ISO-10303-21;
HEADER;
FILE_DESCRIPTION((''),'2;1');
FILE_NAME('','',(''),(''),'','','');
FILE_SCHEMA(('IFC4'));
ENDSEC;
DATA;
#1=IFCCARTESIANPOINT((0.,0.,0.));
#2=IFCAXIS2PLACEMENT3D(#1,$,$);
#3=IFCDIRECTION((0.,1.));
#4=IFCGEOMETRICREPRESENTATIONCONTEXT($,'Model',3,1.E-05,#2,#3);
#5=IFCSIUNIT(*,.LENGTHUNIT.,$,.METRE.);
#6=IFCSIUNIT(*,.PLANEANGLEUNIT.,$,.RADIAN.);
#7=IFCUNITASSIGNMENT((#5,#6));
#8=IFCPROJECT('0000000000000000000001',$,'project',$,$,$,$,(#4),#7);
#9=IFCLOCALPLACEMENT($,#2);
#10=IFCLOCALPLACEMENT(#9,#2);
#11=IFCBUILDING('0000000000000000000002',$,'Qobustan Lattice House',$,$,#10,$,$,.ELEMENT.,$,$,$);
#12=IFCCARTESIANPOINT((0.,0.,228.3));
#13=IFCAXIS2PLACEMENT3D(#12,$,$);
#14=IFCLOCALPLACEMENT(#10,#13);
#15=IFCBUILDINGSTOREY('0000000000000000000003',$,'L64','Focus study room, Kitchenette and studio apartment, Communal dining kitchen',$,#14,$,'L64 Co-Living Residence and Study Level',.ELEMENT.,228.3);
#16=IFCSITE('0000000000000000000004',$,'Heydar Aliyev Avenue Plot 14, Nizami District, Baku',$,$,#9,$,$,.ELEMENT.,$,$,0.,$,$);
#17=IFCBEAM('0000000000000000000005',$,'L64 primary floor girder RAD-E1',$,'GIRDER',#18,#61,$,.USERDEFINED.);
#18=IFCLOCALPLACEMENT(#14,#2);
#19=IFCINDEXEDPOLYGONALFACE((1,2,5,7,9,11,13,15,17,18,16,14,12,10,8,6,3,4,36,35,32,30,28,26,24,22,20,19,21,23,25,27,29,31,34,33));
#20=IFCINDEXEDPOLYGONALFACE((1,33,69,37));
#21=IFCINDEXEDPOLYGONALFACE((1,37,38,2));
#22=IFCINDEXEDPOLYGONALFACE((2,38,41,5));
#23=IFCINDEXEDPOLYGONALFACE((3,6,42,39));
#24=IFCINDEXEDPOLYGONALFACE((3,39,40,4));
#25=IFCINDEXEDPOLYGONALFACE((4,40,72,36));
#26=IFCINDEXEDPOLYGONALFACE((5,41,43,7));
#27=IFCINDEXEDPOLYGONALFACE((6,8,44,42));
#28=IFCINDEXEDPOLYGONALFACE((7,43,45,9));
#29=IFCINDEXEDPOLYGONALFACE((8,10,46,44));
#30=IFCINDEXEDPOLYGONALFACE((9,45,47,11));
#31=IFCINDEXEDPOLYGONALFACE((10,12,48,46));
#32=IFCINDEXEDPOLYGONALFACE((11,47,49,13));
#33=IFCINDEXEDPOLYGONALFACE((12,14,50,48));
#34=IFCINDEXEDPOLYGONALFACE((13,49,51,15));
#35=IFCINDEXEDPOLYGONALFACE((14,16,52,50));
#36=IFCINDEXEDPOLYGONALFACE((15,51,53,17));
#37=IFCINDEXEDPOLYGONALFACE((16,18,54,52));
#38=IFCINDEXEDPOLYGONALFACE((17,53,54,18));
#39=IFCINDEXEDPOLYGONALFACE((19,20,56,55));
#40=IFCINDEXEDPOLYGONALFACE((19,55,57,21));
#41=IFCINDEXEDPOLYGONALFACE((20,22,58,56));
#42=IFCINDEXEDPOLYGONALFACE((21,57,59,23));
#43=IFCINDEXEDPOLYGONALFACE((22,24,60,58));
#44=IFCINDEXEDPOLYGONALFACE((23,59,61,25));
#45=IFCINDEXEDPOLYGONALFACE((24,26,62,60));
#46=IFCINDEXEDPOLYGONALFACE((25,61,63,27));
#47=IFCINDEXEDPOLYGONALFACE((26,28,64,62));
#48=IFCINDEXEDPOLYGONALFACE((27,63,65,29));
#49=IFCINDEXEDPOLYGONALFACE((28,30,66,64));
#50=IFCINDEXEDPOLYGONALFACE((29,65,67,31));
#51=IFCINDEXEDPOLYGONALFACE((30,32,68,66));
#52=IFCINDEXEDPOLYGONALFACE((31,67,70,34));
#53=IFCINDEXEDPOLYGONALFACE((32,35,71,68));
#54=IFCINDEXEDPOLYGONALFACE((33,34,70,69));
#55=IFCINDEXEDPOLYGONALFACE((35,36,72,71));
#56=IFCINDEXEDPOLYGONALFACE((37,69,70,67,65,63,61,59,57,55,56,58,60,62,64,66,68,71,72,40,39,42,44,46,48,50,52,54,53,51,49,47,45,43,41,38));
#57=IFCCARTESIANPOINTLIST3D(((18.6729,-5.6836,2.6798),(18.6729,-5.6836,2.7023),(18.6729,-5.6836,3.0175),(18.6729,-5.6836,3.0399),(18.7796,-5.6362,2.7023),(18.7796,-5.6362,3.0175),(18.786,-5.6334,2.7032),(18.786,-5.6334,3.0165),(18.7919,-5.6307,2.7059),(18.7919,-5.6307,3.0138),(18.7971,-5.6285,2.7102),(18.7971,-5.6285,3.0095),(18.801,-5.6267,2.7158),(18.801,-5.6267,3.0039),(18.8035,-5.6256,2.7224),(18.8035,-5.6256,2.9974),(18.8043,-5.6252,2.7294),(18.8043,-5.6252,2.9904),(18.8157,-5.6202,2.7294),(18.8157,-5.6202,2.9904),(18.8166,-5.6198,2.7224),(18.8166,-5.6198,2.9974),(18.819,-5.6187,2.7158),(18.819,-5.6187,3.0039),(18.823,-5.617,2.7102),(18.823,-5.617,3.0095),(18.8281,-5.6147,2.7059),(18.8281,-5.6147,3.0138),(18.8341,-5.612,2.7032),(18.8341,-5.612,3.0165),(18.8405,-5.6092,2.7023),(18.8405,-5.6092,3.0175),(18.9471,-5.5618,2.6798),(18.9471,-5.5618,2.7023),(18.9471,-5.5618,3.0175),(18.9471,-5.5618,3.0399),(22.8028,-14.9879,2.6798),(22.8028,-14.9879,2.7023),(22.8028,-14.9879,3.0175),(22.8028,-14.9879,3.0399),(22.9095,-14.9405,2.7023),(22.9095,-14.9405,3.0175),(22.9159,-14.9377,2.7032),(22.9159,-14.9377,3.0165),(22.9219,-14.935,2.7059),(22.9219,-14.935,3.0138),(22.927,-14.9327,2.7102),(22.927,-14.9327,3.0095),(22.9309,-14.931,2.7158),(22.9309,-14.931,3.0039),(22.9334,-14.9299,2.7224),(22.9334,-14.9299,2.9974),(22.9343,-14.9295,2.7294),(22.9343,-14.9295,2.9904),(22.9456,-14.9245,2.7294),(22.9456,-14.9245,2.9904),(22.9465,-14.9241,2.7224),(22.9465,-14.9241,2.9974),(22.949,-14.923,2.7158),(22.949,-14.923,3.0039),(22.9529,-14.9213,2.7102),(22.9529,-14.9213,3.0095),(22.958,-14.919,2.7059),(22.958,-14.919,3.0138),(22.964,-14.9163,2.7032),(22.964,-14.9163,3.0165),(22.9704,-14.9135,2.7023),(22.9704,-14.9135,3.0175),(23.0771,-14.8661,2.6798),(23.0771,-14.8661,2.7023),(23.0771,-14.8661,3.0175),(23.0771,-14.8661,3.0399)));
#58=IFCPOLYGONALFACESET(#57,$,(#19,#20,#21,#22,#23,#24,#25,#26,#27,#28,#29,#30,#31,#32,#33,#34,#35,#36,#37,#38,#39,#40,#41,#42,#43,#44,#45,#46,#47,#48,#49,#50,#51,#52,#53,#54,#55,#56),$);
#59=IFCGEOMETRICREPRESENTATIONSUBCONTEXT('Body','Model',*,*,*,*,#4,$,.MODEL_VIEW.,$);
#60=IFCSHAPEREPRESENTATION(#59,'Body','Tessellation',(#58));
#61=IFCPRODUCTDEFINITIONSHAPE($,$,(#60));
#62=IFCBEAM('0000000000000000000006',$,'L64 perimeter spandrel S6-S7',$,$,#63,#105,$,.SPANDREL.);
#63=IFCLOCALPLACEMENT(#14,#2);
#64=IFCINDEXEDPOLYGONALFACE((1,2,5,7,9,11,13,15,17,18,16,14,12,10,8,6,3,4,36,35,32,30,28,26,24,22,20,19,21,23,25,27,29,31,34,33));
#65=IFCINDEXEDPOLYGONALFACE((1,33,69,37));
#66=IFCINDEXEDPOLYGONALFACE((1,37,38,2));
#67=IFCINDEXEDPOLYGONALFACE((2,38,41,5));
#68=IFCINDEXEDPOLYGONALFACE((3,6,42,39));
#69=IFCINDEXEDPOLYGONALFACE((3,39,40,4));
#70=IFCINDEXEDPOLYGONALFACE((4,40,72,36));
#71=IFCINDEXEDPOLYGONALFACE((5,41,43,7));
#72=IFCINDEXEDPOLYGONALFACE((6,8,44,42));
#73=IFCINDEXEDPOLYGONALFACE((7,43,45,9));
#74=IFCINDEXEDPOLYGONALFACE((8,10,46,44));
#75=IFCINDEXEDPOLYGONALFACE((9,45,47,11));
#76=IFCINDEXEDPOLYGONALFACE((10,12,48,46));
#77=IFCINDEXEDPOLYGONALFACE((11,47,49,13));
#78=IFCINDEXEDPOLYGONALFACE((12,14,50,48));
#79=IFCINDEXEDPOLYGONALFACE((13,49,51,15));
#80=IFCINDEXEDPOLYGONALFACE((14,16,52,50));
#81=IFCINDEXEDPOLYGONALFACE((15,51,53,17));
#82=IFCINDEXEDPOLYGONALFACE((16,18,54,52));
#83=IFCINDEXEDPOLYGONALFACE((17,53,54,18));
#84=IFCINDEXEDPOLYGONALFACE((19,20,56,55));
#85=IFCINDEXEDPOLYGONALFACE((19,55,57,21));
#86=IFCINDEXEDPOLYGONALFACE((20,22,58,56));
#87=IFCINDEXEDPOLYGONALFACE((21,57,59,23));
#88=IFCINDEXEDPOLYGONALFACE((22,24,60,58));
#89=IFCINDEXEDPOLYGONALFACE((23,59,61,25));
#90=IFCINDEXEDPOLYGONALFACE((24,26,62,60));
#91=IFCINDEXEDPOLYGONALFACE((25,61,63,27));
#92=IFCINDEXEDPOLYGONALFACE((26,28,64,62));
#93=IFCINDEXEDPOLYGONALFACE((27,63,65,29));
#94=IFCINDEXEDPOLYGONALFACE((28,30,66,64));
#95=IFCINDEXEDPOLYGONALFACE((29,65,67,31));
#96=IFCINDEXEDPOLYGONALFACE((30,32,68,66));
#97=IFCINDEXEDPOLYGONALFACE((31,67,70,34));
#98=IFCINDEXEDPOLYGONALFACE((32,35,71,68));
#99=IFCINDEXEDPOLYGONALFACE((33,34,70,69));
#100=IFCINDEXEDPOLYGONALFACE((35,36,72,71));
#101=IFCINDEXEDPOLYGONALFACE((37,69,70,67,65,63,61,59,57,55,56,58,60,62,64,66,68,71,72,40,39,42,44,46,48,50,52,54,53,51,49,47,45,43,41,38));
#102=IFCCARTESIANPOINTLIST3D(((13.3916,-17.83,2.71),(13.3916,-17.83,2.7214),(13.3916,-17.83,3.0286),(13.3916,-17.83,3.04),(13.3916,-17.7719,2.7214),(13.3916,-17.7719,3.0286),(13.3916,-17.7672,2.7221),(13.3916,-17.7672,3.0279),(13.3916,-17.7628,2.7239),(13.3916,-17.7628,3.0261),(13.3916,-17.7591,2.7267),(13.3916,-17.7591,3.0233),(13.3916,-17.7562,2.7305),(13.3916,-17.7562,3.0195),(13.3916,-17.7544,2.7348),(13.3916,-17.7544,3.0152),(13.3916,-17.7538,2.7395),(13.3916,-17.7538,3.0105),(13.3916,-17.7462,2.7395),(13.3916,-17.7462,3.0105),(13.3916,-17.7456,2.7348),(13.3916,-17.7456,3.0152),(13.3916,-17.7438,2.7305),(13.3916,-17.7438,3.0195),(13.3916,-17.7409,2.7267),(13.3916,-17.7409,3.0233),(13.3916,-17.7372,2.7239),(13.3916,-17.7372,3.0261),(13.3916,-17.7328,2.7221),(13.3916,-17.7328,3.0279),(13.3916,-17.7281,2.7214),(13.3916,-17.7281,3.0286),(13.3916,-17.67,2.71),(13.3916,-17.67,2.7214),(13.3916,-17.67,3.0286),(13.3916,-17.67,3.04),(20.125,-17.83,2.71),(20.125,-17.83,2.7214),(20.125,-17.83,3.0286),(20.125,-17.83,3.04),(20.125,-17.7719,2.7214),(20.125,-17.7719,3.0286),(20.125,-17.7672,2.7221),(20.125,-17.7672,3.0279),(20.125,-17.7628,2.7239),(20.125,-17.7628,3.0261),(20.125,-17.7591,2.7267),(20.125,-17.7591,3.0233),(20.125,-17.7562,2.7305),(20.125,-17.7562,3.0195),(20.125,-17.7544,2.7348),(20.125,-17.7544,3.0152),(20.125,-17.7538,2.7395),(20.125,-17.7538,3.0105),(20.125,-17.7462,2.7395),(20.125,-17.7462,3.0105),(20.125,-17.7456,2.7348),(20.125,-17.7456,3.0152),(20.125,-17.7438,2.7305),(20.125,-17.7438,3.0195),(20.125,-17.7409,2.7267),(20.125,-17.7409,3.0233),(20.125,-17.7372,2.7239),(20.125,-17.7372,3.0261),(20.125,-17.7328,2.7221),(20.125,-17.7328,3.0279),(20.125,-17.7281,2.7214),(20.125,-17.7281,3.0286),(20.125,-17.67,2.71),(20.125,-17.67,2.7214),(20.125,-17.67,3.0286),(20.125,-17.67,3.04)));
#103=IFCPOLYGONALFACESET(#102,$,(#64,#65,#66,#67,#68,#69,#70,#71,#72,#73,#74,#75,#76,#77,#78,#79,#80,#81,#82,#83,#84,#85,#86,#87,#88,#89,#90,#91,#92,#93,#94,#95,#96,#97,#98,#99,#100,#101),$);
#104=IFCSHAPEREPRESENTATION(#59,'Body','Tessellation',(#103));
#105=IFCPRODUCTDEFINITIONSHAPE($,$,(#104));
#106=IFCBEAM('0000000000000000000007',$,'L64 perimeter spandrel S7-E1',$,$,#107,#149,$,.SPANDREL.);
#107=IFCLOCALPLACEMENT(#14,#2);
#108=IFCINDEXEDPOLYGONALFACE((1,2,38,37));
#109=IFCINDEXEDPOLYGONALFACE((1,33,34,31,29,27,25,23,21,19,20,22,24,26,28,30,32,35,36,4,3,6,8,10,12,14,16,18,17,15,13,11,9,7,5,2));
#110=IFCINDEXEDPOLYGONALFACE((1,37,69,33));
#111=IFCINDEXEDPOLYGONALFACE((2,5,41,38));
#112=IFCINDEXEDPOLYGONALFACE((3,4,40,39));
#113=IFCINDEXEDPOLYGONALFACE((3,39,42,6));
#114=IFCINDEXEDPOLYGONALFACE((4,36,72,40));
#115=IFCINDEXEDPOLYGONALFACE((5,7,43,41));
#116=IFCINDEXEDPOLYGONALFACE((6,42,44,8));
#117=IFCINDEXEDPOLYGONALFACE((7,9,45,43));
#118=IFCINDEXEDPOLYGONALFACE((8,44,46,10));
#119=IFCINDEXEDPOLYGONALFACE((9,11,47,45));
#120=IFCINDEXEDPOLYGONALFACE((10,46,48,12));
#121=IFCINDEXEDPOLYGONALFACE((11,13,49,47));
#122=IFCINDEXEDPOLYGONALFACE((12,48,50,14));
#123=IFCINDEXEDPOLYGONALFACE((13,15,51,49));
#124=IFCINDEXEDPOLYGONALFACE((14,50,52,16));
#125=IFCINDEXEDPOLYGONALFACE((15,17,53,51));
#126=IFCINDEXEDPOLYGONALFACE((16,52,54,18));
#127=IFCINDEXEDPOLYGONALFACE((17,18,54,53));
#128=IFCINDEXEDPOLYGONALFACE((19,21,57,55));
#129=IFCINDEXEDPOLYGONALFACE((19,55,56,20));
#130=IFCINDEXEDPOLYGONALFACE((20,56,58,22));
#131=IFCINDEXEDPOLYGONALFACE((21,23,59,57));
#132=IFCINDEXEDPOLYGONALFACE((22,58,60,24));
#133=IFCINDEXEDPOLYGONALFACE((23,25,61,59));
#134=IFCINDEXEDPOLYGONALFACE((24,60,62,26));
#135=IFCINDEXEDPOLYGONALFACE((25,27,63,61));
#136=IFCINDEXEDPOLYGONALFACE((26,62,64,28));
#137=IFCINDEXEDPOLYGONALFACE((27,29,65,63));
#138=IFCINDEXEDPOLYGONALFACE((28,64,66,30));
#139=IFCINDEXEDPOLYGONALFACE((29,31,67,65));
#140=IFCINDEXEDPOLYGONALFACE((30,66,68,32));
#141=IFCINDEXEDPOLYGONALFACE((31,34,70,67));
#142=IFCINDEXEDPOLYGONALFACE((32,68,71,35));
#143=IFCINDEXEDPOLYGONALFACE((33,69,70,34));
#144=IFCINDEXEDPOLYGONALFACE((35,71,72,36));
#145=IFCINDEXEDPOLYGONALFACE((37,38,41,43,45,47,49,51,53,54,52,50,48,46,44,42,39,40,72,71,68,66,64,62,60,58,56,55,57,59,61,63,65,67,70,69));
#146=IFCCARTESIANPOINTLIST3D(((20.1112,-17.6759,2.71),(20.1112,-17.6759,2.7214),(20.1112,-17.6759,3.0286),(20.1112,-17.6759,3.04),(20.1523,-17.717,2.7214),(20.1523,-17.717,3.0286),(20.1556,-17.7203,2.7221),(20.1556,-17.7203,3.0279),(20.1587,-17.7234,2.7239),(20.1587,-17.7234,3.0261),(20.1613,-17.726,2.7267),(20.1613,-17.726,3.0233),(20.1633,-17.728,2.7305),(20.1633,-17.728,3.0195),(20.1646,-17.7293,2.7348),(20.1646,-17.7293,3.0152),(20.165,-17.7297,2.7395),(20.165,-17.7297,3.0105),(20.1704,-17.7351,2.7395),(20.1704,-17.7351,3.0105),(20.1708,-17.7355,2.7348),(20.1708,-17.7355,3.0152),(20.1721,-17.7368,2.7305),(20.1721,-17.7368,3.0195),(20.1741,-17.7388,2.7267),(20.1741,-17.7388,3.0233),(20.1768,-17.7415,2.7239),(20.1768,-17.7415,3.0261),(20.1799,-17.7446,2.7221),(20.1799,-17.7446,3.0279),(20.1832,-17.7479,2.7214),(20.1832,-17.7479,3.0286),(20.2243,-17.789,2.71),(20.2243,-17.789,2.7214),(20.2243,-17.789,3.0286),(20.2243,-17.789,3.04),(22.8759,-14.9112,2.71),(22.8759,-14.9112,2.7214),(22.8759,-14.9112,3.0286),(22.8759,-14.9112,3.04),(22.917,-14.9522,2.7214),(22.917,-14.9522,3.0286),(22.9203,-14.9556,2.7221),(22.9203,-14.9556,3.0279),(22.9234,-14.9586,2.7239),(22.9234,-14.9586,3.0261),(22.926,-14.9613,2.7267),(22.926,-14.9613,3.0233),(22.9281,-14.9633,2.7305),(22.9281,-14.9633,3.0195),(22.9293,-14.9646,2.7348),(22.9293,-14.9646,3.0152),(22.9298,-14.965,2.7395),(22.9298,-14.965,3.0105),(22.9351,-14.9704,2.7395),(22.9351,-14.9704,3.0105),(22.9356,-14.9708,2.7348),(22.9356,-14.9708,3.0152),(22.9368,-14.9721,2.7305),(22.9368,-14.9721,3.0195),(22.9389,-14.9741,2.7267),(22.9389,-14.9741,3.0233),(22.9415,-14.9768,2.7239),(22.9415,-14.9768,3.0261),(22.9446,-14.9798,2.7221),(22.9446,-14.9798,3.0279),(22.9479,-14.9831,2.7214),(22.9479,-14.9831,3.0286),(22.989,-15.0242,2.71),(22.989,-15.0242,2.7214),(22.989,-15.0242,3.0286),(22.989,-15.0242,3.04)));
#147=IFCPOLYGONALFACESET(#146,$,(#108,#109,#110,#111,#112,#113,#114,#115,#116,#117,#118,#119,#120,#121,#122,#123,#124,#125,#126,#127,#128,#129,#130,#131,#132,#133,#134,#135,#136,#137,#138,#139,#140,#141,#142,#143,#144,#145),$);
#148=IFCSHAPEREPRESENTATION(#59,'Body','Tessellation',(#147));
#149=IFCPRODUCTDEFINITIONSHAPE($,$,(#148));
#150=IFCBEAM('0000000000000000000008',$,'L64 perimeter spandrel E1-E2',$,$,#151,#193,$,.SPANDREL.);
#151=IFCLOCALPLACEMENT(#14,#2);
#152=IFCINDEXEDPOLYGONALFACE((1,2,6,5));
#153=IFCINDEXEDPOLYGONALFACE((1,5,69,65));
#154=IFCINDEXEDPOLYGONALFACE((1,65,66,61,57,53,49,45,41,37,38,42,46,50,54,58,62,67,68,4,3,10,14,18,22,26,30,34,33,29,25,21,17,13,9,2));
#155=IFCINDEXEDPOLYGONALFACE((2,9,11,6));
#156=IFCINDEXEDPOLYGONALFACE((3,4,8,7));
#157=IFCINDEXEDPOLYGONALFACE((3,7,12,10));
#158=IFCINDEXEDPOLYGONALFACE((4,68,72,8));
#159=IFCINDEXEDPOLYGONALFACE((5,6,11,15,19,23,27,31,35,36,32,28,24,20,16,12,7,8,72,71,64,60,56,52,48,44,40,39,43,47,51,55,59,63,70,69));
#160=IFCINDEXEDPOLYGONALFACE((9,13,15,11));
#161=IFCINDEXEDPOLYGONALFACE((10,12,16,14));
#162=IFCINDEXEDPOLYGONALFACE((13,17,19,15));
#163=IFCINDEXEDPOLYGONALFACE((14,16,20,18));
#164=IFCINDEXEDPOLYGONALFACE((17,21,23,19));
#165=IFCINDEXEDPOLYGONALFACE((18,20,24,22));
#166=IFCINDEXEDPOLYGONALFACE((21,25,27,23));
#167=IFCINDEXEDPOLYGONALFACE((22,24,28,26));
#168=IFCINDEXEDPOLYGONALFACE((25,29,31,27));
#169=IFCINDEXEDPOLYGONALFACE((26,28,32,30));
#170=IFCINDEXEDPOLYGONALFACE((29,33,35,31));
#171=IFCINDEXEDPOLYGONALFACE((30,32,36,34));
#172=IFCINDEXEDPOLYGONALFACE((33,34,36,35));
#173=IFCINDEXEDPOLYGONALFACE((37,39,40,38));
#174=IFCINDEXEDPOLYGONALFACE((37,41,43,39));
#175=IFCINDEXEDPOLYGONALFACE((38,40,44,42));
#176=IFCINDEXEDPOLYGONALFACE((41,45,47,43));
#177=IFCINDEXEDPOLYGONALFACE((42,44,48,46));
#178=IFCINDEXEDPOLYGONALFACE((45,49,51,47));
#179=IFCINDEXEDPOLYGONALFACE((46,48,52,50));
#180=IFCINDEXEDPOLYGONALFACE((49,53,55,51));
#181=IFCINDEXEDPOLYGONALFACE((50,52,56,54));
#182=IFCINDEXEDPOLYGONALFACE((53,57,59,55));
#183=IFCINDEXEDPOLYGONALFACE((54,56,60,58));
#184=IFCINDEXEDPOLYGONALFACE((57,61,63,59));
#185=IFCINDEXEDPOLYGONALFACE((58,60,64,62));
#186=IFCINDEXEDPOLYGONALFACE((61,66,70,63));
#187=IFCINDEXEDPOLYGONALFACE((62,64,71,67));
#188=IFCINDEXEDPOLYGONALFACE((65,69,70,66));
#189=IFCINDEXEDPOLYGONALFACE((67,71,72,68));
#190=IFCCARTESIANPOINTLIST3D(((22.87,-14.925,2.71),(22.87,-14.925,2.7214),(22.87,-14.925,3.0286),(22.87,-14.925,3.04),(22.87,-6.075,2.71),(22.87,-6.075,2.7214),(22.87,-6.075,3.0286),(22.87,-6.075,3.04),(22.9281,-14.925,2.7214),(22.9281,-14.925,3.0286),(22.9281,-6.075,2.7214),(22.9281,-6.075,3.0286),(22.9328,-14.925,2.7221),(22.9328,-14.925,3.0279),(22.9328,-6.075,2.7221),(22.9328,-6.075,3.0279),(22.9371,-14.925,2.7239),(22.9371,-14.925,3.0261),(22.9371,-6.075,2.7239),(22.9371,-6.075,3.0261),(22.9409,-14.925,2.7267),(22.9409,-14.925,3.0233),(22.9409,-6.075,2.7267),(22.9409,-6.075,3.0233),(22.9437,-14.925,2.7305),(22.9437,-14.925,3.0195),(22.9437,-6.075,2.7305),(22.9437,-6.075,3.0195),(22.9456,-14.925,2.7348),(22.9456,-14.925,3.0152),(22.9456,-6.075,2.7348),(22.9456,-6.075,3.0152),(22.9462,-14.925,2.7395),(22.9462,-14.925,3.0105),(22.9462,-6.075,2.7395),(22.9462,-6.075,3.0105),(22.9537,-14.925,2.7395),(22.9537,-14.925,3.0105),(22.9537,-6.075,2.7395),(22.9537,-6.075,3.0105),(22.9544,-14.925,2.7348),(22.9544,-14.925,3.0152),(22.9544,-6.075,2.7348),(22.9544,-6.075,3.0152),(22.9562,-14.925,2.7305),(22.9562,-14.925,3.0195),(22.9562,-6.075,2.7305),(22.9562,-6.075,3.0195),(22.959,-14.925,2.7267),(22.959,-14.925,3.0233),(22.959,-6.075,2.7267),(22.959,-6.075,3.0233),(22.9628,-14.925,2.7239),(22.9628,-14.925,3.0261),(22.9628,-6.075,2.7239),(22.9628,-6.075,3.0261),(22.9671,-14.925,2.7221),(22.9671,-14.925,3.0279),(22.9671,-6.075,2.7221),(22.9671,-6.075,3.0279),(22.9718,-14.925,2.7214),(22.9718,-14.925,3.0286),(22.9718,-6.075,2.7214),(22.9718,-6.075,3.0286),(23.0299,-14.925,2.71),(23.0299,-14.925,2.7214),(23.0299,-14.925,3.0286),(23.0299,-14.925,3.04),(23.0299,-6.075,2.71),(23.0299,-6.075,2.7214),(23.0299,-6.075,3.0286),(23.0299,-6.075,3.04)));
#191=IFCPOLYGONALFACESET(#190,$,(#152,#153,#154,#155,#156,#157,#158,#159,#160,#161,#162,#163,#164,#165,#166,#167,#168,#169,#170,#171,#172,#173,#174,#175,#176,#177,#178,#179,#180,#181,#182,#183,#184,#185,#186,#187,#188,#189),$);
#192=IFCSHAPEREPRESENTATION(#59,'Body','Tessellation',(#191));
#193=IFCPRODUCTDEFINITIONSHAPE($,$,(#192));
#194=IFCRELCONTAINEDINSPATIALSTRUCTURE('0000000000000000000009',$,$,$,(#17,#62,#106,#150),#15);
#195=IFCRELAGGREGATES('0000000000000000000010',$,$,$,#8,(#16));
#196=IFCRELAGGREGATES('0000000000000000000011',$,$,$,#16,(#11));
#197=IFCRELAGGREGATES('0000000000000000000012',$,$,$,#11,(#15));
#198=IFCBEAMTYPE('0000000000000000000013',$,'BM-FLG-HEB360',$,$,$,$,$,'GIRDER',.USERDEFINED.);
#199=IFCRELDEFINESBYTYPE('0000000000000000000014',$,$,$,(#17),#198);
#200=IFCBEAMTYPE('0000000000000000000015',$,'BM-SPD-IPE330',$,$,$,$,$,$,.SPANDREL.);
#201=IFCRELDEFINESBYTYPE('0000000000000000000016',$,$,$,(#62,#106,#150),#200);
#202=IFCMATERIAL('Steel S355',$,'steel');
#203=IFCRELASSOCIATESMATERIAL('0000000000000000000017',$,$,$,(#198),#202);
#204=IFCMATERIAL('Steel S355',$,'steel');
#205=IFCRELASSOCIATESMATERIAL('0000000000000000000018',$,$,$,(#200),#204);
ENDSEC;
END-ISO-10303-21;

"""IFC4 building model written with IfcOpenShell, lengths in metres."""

from ifc_helpers import new_model, si_unit, direction, frame, origin, origin_2d, place, context, subcontext, project, spatial, i_section, extrude, material, material_profile, profile_set, type_object, element, save


model = new_model("IFC4")

# Units and contexts
model_context = context("Model", 3, precision=1e-05, world=origin(), true_north=direction((0.0, 1.0)))
body_context = subcontext(model_context, "Body", "Model", "MODEL_VIEW")
ifc_project = project(units=[si_unit("LENGTHUNIT", "METRE"), si_unit("PLANEANGLEUNIT", "RADIAN")], contexts=[model_context])

# Site, building, storey
site_placement = place(None, origin())
site = spatial("IfcSite", under=ifc_project, at=site_placement, Name="Heydar Aliyev Avenue Plot 14, Nizami District, Baku", CompositionType="ELEMENT", RefElevation=0.0)
building_placement = place(site_placement, origin())
building = spatial("IfcBuilding", under=site, at=building_placement, Name="Qobustan Lattice House", CompositionType="ELEMENT")
storey_placement = place(building_placement, frame((0.0, 0.0, 228.3)))
storey = spatial("IfcBuildingStorey", under=building, at=storey_placement, Name="L64", Description="Focus study room, Kitchenette and studio apartment, Communal dining kitchen", LongName="L64 Co-Living Residence and Study Level", CompositionType="ELEMENT", Elevation=228.3)

# Beams
ifc_material_1 = material(Name="Steel S355", Category="steel")
ifc_material_profile_1 = material_profile(ifc_material_1, i_section(OverallWidth=0.3, OverallDepth=0.3601, WebThickness=0.0125, FlangeThickness=0.0225, FilletRadius=0.0271, at=origin_2d()), Name="HEB360")
ifc_profile_set_1 = profile_set([ifc_material_profile_1], Name="Steel S355")
beam_type_1 = type_object("IfcBeamType", Name="BM-FLG-HEB360", ElementType="GIRDER", PredefinedType="USERDEFINED", material=ifc_profile_set_1)
beam_1_placement = place(storey_placement, frame((22.9399, -14.927, 2.8599), z_axis=(-0.405702, 0.914005, 0.0), x_axis=(-0.914005, -0.405702, 0.0)))
element("IfcBeam", 1, at=beam_1_placement, inside=storey, type_object=beam_type_1, Name="L64 primary floor girder RAD-E1", ObjectType="GIRDER", PredefinedType="USERDEFINED", context=body_context, shape_type="SweptSolid", body=[
    extrude(i_section(OverallWidth=0.3, OverallDepth=0.3601, WebThickness=0.0125, FlangeThickness=0.0225, FilletRadius=0.0271, at=origin_2d()), origin(), (0.0, 0.0, 1.0), 10.1797),
])
ifc_material_2 = material(Name="Steel S355", Category="steel")
ifc_material_profile_2 = material_profile(ifc_material_2, i_section(OverallWidth=0.1599, OverallDepth=0.3301, WebThickness=0.0076, FlangeThickness=0.0115, FilletRadius=0.0181, at=origin_2d()), Name="IPE330")
ifc_profile_set_2 = profile_set([ifc_material_profile_2], Name="Steel S355")
beam_type_2 = type_object("IfcBeamType", Name="BM-SPD-IPE330", PredefinedType="SPANDREL", material=ifc_profile_set_2)
beam_2_placement = place(storey_placement, frame((13.3916, -17.75, 2.875), z_axis=(1.0, 0.0, 0.0), x_axis=(0.0, 1.0, 0.0)))
element("IfcBeam", 2, at=beam_2_placement, inside=storey, type_object=beam_type_2, Name="L64 perimeter spandrel S6-S7", PredefinedType="SPANDREL", context=body_context, shape_type="SweptSolid", body=[
    extrude(i_section(OverallWidth=0.1599, OverallDepth=0.3301, WebThickness=0.0076, FlangeThickness=0.0115, FilletRadius=0.0181, at=origin_2d()), origin(), (0.0, 0.0, 1.0), 6.7334),
])
beam_3_placement = place(storey_placement, frame((20.1677, -17.7324, 2.875), z_axis=(0.707107, 0.707107, 0.0), x_axis=(-0.707107, 0.707107, 0.0)))
element("IfcBeam", 3, at=beam_3_placement, inside=storey, type_object=beam_type_2, Name="L64 perimeter spandrel S7-E1", PredefinedType="SPANDREL", context=body_context, shape_type="SweptSolid", body=[
    extrude(i_section(OverallWidth=0.1599, OverallDepth=0.3301, WebThickness=0.0076, FlangeThickness=0.0115, FilletRadius=0.0181, at=origin_2d()), origin(), (0.0, 0.0, 1.0), 3.9099),
])
beam_4_placement = place(storey_placement, frame((22.95, -14.925, 2.875), z_axis=(0.0, 1.0, 0.0), x_axis=(-1.0, 0.0, 0.0)))
element("IfcBeam", 4, at=beam_4_placement, inside=storey, type_object=beam_type_2, Name="L64 perimeter spandrel E1-E2", PredefinedType="SPANDREL", context=body_context, shape_type="SweptSolid", body=[
    extrude(i_section(OverallWidth=0.1599, OverallDepth=0.3301, WebThickness=0.0076, FlangeThickness=0.0115, FilletRadius=0.0181, at=origin_2d()), origin(), (0.0, 0.0, 1.0), 8.8501),
])

save(model, "model.ifc")
